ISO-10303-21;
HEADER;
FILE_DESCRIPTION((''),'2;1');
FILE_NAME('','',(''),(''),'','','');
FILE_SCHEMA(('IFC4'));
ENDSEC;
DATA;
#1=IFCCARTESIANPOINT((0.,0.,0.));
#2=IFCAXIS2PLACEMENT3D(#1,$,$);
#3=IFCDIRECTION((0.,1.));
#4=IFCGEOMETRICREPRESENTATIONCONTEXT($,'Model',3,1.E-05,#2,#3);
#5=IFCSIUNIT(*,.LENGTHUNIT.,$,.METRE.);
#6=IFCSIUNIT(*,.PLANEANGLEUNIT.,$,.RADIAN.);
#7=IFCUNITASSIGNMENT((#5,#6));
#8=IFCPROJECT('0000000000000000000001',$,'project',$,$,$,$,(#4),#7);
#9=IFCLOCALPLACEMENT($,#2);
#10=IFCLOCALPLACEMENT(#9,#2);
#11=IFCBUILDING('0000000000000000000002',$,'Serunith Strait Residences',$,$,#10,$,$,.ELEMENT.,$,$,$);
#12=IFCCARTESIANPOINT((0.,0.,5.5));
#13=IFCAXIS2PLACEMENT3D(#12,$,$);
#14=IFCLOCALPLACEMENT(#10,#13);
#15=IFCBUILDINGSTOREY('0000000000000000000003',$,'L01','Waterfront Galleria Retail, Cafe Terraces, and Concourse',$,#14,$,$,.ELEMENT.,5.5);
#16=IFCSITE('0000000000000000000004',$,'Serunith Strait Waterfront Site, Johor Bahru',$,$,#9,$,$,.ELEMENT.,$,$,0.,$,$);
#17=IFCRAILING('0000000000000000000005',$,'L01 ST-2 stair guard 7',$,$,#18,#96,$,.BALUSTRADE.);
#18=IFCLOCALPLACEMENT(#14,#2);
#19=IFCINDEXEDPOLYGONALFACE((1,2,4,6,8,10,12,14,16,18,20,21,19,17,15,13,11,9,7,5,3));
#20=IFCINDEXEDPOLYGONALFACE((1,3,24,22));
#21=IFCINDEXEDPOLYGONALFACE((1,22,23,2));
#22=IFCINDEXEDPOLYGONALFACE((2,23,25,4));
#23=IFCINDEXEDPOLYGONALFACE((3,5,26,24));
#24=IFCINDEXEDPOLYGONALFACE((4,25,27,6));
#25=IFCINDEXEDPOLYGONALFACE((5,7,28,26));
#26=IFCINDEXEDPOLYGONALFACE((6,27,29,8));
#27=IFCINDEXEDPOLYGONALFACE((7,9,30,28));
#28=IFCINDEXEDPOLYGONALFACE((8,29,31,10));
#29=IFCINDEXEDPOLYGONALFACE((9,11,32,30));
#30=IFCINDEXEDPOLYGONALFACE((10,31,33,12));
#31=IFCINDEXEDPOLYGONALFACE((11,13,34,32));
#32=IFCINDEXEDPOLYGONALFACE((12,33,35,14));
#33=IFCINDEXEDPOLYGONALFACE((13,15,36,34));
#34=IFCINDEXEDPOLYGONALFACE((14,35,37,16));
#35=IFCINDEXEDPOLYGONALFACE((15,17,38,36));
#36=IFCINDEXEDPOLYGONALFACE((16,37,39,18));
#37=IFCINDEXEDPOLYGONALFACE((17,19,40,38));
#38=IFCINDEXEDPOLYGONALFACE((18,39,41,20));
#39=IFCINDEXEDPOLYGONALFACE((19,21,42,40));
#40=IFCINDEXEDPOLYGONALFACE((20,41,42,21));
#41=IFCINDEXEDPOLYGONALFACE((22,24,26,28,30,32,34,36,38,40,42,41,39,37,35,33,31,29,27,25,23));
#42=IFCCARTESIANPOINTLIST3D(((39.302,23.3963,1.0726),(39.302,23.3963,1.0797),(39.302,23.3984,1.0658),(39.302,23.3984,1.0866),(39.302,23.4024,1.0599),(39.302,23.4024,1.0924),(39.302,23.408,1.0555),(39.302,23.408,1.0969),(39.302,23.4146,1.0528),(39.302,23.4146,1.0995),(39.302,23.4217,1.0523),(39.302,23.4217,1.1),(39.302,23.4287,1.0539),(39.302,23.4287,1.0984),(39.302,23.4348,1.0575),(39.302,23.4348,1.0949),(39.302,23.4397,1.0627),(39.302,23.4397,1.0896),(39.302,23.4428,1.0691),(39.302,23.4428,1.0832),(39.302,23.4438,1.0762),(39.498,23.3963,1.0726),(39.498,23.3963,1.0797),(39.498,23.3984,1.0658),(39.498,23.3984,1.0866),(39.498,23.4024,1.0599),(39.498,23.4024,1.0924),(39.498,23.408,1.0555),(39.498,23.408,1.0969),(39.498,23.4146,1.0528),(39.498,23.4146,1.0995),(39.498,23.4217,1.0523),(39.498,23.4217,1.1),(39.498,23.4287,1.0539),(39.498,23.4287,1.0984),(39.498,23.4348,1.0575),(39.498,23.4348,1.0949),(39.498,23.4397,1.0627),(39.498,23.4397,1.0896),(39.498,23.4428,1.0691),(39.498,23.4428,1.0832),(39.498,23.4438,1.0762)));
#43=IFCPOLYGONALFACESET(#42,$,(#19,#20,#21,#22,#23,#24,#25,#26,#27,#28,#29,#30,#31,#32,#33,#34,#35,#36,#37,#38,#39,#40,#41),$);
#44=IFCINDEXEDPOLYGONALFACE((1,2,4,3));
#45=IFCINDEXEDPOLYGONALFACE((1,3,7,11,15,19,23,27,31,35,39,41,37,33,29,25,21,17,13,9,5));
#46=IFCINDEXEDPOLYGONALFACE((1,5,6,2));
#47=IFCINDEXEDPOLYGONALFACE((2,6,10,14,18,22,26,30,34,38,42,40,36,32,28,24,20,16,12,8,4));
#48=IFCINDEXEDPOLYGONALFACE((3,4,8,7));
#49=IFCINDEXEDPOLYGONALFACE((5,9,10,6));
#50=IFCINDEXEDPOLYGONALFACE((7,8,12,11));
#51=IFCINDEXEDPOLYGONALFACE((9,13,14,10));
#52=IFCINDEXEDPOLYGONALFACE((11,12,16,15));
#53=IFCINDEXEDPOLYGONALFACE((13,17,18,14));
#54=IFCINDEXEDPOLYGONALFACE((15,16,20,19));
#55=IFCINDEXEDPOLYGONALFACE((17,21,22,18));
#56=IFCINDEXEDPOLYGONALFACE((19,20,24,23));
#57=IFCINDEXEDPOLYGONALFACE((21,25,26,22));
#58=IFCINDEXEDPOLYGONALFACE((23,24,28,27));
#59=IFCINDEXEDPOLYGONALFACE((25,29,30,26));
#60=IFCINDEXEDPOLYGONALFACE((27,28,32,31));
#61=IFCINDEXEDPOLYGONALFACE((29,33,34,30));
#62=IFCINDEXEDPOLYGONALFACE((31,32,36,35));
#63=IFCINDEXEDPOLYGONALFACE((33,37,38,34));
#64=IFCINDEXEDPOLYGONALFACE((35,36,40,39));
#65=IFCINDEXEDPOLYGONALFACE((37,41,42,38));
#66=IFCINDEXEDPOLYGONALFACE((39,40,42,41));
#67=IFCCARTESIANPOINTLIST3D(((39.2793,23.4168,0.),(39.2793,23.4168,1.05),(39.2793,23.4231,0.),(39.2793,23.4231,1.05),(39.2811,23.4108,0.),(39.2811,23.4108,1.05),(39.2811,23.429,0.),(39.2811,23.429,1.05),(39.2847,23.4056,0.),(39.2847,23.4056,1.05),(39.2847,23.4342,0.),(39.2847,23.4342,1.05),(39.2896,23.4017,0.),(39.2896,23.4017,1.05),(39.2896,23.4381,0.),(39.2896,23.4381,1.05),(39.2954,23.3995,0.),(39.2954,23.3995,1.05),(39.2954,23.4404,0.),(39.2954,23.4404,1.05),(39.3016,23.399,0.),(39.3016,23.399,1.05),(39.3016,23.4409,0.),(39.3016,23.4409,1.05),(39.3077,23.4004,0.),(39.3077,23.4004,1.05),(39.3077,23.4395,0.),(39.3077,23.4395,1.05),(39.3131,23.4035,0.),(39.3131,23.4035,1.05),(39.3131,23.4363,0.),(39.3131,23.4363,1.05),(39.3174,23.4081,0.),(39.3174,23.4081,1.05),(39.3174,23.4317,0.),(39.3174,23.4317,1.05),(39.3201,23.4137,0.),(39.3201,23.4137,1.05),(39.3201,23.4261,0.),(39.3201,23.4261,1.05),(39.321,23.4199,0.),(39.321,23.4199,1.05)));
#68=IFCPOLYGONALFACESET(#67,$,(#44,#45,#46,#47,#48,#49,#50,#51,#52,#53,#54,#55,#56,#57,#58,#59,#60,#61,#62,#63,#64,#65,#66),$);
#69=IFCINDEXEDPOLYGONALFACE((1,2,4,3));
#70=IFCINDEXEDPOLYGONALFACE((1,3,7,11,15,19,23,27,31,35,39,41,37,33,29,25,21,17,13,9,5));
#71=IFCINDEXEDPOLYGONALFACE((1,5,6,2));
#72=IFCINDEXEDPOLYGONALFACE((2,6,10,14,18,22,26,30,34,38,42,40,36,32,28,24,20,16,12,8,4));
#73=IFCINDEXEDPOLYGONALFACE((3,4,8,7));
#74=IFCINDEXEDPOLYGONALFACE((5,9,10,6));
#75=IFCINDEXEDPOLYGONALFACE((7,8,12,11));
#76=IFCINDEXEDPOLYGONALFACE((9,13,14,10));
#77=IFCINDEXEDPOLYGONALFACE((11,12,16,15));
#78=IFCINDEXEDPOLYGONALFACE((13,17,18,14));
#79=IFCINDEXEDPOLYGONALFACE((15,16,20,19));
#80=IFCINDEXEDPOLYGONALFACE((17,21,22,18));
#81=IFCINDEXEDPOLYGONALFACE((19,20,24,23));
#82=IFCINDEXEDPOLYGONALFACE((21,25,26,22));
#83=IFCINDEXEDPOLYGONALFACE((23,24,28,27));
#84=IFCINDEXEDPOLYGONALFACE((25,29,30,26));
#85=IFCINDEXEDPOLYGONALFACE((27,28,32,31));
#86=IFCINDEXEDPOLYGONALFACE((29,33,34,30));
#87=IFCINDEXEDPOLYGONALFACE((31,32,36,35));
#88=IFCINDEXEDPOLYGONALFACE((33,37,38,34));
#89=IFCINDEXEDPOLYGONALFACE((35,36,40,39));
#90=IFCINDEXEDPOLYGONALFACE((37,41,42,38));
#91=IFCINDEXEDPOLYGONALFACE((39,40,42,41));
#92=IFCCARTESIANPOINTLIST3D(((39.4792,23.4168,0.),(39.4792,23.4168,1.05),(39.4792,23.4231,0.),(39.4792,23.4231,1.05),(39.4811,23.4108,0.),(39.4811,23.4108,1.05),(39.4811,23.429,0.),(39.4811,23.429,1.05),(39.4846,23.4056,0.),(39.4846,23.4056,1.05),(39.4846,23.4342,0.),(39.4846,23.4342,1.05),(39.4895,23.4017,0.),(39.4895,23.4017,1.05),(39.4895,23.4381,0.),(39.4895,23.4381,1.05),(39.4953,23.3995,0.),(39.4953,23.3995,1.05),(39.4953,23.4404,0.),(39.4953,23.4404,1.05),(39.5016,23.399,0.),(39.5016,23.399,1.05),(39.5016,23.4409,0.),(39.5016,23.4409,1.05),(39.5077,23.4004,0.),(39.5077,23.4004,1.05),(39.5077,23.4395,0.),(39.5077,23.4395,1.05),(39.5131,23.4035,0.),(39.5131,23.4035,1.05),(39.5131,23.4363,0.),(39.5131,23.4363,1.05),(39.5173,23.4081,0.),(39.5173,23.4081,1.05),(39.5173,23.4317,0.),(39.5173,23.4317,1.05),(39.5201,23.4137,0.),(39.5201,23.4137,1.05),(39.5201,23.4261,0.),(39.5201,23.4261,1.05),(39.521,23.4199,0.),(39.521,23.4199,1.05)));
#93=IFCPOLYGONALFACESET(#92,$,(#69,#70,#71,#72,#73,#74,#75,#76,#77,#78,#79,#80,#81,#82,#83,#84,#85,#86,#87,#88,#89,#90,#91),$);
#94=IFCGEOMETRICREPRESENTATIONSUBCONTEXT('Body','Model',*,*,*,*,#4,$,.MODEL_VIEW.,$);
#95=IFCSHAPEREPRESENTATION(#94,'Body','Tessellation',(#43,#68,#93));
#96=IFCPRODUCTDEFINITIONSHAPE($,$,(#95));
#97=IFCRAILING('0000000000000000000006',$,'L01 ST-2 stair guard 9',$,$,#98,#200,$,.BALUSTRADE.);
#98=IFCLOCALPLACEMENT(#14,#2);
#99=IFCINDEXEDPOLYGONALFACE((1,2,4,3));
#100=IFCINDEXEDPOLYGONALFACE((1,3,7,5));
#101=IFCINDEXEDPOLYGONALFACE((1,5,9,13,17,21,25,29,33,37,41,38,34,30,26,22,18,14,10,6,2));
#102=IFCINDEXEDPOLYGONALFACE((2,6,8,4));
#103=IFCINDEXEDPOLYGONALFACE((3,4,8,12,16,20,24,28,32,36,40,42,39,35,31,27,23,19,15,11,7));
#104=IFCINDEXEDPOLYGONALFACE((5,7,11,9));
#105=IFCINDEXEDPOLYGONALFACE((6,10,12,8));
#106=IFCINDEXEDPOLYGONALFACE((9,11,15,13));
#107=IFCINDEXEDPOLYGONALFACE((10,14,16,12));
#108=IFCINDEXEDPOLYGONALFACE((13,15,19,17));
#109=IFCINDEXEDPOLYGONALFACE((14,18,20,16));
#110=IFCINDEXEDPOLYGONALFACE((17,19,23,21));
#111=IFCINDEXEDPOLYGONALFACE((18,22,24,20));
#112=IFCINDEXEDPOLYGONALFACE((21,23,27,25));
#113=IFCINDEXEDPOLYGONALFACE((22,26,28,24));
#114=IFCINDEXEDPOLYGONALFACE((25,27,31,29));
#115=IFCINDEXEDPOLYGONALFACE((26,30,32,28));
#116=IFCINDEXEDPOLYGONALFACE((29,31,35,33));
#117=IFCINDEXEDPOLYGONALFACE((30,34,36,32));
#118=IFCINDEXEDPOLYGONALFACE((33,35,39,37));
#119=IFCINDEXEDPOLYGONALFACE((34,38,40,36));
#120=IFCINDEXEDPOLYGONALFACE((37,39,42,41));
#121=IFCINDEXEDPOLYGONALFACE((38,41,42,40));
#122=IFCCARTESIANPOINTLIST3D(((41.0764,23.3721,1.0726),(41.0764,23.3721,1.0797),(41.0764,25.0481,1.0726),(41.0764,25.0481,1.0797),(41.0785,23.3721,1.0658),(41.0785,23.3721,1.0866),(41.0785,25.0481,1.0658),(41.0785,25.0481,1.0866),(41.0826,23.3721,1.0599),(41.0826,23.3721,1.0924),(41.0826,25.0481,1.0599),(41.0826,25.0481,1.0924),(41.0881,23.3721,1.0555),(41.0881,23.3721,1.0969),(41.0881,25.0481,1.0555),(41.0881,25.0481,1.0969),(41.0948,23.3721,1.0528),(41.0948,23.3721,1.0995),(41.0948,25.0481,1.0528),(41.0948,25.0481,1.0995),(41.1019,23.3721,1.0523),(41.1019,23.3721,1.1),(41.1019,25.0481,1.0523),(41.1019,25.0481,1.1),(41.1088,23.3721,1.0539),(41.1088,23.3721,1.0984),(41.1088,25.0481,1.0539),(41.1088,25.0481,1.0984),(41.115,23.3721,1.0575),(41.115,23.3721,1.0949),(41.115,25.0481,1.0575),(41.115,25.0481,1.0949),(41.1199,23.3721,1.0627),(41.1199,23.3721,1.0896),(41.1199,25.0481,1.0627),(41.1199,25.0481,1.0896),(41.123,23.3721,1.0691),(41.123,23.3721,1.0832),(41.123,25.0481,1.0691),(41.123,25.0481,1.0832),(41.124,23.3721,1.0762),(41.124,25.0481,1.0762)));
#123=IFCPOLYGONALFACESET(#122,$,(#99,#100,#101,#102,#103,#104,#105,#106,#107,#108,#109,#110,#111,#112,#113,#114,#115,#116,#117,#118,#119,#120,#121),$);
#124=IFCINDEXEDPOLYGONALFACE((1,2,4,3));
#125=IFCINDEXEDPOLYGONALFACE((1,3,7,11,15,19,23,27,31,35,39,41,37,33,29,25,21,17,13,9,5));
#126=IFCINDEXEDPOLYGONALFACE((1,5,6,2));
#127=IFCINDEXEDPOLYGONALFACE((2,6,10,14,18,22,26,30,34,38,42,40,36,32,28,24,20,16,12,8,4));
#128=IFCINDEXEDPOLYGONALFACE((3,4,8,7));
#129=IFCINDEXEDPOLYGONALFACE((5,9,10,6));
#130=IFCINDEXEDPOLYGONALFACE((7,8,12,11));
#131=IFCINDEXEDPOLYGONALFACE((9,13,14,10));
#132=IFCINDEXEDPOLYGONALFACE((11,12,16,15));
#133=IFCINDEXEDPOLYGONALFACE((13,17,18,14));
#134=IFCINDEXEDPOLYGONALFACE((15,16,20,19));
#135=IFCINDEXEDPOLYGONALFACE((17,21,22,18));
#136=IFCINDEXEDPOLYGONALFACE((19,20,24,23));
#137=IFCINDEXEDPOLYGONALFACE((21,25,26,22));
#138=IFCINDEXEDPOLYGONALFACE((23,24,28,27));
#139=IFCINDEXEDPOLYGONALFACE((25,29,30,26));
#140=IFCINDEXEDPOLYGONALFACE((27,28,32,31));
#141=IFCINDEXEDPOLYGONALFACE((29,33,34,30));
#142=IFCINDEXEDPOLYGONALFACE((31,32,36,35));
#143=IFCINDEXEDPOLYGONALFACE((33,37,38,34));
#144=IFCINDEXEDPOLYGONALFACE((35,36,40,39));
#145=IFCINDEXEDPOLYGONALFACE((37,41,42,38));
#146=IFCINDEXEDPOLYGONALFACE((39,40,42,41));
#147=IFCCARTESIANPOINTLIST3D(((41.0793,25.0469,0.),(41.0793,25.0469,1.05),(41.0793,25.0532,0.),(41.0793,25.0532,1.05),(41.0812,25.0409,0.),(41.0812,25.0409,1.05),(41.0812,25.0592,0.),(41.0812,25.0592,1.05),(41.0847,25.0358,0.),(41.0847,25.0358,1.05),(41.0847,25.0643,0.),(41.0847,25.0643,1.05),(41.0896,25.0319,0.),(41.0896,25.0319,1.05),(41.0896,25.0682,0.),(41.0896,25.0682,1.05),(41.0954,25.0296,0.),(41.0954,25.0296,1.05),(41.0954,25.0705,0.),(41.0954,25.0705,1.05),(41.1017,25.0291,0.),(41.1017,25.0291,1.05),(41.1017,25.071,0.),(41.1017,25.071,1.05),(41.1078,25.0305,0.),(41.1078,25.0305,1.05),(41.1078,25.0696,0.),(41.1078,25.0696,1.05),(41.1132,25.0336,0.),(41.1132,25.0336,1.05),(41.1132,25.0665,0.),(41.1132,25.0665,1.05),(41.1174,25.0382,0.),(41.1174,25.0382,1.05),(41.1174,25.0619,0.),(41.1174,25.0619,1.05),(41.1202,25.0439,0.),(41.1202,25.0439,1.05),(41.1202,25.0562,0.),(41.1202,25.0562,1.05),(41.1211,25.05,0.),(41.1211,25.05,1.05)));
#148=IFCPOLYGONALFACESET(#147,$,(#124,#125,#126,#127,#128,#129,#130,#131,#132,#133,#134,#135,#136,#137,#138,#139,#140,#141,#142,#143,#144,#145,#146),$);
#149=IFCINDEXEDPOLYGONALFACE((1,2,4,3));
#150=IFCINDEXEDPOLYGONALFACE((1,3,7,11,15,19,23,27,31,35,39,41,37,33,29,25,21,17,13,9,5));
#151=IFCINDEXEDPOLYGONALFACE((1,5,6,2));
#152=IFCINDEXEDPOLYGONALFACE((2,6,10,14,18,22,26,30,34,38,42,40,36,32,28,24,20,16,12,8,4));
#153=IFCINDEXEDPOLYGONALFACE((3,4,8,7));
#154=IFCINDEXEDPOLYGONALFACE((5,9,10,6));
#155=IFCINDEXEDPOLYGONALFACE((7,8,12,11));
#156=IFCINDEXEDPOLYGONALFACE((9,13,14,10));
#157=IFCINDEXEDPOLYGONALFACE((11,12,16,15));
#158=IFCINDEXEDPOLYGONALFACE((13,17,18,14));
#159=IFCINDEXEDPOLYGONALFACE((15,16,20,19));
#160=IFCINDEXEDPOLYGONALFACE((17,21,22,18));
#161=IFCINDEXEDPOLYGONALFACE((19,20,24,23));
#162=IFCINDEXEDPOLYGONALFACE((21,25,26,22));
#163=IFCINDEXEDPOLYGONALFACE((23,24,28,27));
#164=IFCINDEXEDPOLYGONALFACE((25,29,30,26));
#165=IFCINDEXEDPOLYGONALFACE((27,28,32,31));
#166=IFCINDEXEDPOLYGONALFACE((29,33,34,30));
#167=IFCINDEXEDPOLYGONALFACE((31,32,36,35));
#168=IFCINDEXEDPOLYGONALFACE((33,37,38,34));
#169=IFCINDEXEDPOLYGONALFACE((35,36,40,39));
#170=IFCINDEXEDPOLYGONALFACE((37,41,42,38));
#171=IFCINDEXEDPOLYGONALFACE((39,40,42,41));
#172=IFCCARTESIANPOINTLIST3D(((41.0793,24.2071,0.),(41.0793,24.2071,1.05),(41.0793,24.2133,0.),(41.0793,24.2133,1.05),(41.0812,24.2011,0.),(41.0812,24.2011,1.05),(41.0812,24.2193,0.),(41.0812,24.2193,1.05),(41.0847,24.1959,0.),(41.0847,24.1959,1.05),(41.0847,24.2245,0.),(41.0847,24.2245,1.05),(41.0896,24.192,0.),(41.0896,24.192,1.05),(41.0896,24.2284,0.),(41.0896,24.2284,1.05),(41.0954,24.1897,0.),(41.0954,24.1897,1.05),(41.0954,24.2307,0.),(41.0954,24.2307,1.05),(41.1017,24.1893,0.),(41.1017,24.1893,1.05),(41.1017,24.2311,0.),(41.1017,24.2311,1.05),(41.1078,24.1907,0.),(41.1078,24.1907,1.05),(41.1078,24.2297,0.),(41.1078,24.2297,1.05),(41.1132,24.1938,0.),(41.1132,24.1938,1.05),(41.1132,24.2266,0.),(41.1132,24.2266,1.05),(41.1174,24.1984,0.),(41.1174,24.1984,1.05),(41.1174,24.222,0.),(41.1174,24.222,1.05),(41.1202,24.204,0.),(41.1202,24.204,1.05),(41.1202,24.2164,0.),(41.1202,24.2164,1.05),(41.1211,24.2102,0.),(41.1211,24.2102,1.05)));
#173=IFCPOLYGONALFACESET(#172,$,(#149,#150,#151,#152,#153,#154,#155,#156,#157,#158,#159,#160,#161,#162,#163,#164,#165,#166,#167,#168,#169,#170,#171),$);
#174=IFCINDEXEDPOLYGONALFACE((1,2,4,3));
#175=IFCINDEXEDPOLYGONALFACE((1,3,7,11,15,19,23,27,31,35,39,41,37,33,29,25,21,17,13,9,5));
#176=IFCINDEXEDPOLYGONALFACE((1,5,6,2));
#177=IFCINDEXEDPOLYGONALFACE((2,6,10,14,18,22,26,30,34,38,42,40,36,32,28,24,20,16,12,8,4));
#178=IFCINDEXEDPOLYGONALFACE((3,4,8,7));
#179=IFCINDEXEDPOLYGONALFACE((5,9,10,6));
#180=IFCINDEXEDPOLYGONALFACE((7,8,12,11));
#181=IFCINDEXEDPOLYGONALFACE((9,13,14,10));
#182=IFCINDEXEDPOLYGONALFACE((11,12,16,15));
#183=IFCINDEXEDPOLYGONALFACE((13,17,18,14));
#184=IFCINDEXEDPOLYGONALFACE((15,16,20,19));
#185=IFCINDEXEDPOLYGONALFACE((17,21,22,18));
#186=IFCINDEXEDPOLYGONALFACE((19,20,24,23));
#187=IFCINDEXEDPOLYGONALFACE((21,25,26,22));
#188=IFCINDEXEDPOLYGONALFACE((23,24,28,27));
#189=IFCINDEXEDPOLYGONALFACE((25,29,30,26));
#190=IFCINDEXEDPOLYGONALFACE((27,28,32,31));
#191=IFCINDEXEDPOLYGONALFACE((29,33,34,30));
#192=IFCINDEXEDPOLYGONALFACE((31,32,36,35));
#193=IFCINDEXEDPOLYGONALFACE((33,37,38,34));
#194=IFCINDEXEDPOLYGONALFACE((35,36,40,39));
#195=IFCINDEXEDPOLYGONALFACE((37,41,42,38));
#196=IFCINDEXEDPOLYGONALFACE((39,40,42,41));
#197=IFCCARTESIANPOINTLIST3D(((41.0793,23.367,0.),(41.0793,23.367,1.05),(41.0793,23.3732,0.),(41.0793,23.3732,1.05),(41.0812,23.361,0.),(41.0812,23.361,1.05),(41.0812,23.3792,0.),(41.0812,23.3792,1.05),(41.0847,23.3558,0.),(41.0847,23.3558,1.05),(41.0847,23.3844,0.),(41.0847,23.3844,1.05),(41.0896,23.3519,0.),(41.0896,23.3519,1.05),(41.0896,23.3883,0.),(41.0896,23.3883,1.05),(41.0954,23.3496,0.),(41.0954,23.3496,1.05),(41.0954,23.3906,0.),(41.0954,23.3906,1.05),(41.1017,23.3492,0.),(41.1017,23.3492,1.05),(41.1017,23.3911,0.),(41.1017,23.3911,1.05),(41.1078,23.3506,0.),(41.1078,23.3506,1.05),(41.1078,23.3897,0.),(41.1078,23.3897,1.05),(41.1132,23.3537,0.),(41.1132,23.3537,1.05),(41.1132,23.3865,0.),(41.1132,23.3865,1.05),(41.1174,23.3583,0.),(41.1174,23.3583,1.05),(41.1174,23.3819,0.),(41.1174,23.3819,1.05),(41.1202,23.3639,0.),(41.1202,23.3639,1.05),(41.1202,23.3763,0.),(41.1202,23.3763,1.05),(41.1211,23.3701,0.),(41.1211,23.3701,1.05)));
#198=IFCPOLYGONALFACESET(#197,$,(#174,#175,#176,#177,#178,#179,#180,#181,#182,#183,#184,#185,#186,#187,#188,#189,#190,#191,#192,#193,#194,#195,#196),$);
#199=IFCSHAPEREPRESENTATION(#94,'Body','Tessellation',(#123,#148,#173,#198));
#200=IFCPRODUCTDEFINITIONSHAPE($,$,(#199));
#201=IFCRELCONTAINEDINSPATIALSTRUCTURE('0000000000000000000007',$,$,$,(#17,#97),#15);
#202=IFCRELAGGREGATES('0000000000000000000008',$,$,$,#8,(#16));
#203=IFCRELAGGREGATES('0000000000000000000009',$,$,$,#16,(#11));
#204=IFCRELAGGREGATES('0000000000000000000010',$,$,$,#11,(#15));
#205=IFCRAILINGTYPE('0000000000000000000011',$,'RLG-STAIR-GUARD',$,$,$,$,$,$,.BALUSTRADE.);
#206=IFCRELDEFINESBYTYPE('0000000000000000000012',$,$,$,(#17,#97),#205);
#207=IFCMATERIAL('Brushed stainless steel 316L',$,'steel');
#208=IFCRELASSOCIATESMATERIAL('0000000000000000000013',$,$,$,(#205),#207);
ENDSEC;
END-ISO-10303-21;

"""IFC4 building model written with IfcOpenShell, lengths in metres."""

from ifc_helpers import new_model, si_unit, direction, frame, origin, origin_2d, place, context, subcontext, project, spatial, circle, extrude, material, type_object, element, save


model = new_model("IFC4")

# Units and contexts
model_context = context("Model", 3, precision=1e-05, world=origin(), true_north=direction((0.0, 1.0)))
body_context = subcontext(model_context, "Body", "Model", "MODEL_VIEW")
ifc_project = project(units=[si_unit("LENGTHUNIT", "METRE"), si_unit("PLANEANGLEUNIT", "RADIAN")], contexts=[model_context])

# Site, building, storey
site_placement = place(None, origin())
site = spatial("IfcSite", under=ifc_project, at=site_placement, Name="Serunith Strait Waterfront Site, Johor Bahru", CompositionType="ELEMENT", RefElevation=0.0)
building_placement = place(site_placement, origin())
building = spatial("IfcBuilding", under=site, at=building_placement, Name="Serunith Strait Residences", CompositionType="ELEMENT")
storey_placement = place(building_placement, frame((0.0, 0.0, 5.5)))
storey = spatial("IfcBuildingStorey", under=building, at=storey_placement, Name="L01", Description="Waterfront Galleria Retail, Cafe Terraces, and Concourse", CompositionType="ELEMENT", Elevation=5.5)

# Railings
ifc_material_1 = material(Name="Brushed stainless steel 316L", Category="steel")
railing_type_1 = type_object("IfcRailingType", Name="RLG-STAIR-GUARD", PredefinedType="BALUSTRADE", material=ifc_material_1)
railing_1_placement = place(storey_placement, frame((39.3, 23.4199, 0.0)))
element("IfcRailing", 1, at=railing_1_placement, inside=storey, type_object=railing_type_1, Name="L01 ST-2 stair guard 7", PredefinedType="BALUSTRADE", context=body_context, shape_type="SweptSolid", body=[
    extrude(circle(Radius=0.0239, at=origin_2d()), frame((0.002, 0.0, 1.0762), z_axis=(1.0, 0.0, 0.0), x_axis=(0.0, 1.0, 0.0)), (0.0, 0.0, 1.0), 0.196),
    extrude(circle(Radius=0.021, at=origin_2d()), origin(), (0.0, 0.0, 1.0), 1.05),
    extrude(circle(Radius=0.021, at=origin_2d()), frame((0.2, 0.0, 0.0)), (0.0, 0.0, 1.0), 1.05),
])
railing_2_placement = place(storey_placement, frame((41.1001, 25.05, 0.0)))
element("IfcRailing", 2, at=railing_2_placement, inside=storey, type_object=railing_type_1, Name="L01 ST-2 stair guard 9", PredefinedType="BALUSTRADE", context=body_context, shape_type="SweptSolid", body=[
    extrude(circle(Radius=0.0239, at=origin_2d()), frame((0.0, -0.002, 1.0762), z_axis=(0.0, -1.0, 0.0), x_axis=(1.0, 0.0, 0.0)), (0.0, 0.0, 1.0), 1.676),
    extrude(circle(Radius=0.021, at=origin_2d()), origin(), (0.0, 0.0, 1.0), 1.05),
    extrude(circle(Radius=0.021, at=origin_2d()), frame((0.0, -0.8398, 0.0)), (0.0, 0.0, 1.0), 1.05),
    extrude(circle(Radius=0.021, at=origin_2d()), frame((0.0, -1.6799, 0.0)), (0.0, 0.0, 1.0), 1.05),
])

save(model, "model.ifc")
